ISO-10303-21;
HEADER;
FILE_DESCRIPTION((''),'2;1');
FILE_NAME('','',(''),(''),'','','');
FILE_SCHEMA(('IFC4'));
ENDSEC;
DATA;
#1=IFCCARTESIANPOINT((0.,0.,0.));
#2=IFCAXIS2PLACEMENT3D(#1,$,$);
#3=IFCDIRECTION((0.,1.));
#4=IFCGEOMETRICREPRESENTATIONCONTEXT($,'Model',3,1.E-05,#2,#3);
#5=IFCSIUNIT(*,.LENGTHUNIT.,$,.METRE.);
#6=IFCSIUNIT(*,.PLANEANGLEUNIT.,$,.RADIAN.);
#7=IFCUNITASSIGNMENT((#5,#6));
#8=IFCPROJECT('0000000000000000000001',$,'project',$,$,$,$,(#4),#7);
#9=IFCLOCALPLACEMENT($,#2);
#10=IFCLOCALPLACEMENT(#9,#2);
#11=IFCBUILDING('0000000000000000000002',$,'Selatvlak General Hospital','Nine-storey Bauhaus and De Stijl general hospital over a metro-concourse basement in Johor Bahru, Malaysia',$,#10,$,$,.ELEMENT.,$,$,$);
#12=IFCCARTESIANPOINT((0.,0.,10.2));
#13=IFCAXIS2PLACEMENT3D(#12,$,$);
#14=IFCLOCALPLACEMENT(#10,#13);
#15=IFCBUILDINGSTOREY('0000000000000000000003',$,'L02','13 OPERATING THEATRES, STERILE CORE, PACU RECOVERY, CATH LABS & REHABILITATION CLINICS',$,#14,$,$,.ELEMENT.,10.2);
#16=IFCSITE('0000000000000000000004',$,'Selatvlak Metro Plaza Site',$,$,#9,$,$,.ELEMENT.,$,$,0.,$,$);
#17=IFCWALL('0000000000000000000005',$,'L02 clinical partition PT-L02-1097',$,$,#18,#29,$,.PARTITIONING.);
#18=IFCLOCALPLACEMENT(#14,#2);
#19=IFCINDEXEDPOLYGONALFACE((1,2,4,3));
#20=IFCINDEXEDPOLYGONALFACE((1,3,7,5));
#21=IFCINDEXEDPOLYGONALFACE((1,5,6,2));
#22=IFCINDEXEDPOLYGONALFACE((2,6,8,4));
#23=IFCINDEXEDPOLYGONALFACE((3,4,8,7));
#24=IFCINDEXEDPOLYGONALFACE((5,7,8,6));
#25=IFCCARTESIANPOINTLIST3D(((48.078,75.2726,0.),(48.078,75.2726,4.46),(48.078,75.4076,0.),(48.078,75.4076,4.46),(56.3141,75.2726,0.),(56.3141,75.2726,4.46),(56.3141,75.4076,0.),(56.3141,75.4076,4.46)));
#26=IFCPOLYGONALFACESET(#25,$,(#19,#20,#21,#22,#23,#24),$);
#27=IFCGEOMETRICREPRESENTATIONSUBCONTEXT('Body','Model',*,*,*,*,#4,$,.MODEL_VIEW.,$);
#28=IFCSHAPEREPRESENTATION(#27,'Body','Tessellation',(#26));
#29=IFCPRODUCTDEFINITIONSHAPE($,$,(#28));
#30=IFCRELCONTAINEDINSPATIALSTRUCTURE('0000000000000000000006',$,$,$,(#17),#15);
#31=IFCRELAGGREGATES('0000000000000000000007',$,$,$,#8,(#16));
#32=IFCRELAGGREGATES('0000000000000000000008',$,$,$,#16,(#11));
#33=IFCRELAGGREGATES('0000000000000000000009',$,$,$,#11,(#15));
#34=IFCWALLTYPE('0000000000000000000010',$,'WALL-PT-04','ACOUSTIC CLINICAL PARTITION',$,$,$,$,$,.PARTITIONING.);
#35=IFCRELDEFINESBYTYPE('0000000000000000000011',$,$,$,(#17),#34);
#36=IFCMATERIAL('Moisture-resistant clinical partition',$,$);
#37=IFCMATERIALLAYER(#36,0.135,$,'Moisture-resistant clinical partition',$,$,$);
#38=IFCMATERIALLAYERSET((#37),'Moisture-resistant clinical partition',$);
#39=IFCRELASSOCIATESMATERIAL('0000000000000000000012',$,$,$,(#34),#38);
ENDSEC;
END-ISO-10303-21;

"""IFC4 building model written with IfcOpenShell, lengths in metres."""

from ifc_helpers import new_model, si_unit, direction, frame, frame_2d, origin, place, context, subcontext, project, spatial, rectangle, extrude, material, layer, layer_set, type_object, element, save


model = new_model("IFC4")

# Units and contexts
model_context = context("Model", 3, precision=1e-05, world=origin(), true_north=direction((0.0, 1.0)))
body_context = subcontext(model_context, "Body", "Model", "MODEL_VIEW")
ifc_project = project(units=[si_unit("LENGTHUNIT", "METRE"), si_unit("PLANEANGLEUNIT", "RADIAN")], contexts=[model_context])

# Site, building, storey
site_placement = place(None, origin())
site = spatial("IfcSite", under=ifc_project, at=site_placement, Name="Selatvlak Metro Plaza Site", CompositionType="ELEMENT", RefElevation=0.0)
building_placement = place(site_placement, origin())
building = spatial("IfcBuilding", under=site, at=building_placement, Name="Selatvlak General Hospital", Description="Nine-storey Bauhaus and De Stijl general hospital over a metro-concourse basement in Johor Bahru, Malaysia", CompositionType="ELEMENT")
storey_placement = place(building_placement, frame((0.0, 0.0, 10.2)))
storey = spatial("IfcBuildingStorey", under=building, at=storey_placement, Name="L02", Description="13 OPERATING THEATRES, STERILE CORE, PACU RECOVERY, CATH LABS & REHABILITATION CLINICS", CompositionType="ELEMENT", Elevation=10.2)

# Wall
ifc_material_1 = material(Name="Moisture-resistant clinical partition")
ifc_layer_1 = layer(ifc_material_1, 0.135, Name="Moisture-resistant clinical partition")
ifc_layer_set_1 = layer_set([ifc_layer_1], Name="Moisture-resistant clinical partition")
wall_type_1 = type_object("IfcWallType", Name="WALL-PT-04", Description="ACOUSTIC CLINICAL PARTITION", PredefinedType="PARTITIONING", material=ifc_layer_set_1)
wall_1_placement = place(storey_placement, frame((48.0779, 75.3401, 0.0), z_axis=(0.0, 0.0, 1.0), x_axis=(1.0, 0.0, 0.0)))
element("IfcWall", 1, at=wall_1_placement, inside=storey, type_object=wall_type_1, Name="L02 clinical partition PT-L02-1097", PredefinedType="PARTITIONING", context=body_context, shape_type="SweptSolid", body=[
    extrude(rectangle(XDim=8.2361, YDim=0.135, at=frame_2d((4.1182, 0.0))), origin(), (0.0, 0.0, 1.0), 4.46),
])

save(model, "model.ifc")
